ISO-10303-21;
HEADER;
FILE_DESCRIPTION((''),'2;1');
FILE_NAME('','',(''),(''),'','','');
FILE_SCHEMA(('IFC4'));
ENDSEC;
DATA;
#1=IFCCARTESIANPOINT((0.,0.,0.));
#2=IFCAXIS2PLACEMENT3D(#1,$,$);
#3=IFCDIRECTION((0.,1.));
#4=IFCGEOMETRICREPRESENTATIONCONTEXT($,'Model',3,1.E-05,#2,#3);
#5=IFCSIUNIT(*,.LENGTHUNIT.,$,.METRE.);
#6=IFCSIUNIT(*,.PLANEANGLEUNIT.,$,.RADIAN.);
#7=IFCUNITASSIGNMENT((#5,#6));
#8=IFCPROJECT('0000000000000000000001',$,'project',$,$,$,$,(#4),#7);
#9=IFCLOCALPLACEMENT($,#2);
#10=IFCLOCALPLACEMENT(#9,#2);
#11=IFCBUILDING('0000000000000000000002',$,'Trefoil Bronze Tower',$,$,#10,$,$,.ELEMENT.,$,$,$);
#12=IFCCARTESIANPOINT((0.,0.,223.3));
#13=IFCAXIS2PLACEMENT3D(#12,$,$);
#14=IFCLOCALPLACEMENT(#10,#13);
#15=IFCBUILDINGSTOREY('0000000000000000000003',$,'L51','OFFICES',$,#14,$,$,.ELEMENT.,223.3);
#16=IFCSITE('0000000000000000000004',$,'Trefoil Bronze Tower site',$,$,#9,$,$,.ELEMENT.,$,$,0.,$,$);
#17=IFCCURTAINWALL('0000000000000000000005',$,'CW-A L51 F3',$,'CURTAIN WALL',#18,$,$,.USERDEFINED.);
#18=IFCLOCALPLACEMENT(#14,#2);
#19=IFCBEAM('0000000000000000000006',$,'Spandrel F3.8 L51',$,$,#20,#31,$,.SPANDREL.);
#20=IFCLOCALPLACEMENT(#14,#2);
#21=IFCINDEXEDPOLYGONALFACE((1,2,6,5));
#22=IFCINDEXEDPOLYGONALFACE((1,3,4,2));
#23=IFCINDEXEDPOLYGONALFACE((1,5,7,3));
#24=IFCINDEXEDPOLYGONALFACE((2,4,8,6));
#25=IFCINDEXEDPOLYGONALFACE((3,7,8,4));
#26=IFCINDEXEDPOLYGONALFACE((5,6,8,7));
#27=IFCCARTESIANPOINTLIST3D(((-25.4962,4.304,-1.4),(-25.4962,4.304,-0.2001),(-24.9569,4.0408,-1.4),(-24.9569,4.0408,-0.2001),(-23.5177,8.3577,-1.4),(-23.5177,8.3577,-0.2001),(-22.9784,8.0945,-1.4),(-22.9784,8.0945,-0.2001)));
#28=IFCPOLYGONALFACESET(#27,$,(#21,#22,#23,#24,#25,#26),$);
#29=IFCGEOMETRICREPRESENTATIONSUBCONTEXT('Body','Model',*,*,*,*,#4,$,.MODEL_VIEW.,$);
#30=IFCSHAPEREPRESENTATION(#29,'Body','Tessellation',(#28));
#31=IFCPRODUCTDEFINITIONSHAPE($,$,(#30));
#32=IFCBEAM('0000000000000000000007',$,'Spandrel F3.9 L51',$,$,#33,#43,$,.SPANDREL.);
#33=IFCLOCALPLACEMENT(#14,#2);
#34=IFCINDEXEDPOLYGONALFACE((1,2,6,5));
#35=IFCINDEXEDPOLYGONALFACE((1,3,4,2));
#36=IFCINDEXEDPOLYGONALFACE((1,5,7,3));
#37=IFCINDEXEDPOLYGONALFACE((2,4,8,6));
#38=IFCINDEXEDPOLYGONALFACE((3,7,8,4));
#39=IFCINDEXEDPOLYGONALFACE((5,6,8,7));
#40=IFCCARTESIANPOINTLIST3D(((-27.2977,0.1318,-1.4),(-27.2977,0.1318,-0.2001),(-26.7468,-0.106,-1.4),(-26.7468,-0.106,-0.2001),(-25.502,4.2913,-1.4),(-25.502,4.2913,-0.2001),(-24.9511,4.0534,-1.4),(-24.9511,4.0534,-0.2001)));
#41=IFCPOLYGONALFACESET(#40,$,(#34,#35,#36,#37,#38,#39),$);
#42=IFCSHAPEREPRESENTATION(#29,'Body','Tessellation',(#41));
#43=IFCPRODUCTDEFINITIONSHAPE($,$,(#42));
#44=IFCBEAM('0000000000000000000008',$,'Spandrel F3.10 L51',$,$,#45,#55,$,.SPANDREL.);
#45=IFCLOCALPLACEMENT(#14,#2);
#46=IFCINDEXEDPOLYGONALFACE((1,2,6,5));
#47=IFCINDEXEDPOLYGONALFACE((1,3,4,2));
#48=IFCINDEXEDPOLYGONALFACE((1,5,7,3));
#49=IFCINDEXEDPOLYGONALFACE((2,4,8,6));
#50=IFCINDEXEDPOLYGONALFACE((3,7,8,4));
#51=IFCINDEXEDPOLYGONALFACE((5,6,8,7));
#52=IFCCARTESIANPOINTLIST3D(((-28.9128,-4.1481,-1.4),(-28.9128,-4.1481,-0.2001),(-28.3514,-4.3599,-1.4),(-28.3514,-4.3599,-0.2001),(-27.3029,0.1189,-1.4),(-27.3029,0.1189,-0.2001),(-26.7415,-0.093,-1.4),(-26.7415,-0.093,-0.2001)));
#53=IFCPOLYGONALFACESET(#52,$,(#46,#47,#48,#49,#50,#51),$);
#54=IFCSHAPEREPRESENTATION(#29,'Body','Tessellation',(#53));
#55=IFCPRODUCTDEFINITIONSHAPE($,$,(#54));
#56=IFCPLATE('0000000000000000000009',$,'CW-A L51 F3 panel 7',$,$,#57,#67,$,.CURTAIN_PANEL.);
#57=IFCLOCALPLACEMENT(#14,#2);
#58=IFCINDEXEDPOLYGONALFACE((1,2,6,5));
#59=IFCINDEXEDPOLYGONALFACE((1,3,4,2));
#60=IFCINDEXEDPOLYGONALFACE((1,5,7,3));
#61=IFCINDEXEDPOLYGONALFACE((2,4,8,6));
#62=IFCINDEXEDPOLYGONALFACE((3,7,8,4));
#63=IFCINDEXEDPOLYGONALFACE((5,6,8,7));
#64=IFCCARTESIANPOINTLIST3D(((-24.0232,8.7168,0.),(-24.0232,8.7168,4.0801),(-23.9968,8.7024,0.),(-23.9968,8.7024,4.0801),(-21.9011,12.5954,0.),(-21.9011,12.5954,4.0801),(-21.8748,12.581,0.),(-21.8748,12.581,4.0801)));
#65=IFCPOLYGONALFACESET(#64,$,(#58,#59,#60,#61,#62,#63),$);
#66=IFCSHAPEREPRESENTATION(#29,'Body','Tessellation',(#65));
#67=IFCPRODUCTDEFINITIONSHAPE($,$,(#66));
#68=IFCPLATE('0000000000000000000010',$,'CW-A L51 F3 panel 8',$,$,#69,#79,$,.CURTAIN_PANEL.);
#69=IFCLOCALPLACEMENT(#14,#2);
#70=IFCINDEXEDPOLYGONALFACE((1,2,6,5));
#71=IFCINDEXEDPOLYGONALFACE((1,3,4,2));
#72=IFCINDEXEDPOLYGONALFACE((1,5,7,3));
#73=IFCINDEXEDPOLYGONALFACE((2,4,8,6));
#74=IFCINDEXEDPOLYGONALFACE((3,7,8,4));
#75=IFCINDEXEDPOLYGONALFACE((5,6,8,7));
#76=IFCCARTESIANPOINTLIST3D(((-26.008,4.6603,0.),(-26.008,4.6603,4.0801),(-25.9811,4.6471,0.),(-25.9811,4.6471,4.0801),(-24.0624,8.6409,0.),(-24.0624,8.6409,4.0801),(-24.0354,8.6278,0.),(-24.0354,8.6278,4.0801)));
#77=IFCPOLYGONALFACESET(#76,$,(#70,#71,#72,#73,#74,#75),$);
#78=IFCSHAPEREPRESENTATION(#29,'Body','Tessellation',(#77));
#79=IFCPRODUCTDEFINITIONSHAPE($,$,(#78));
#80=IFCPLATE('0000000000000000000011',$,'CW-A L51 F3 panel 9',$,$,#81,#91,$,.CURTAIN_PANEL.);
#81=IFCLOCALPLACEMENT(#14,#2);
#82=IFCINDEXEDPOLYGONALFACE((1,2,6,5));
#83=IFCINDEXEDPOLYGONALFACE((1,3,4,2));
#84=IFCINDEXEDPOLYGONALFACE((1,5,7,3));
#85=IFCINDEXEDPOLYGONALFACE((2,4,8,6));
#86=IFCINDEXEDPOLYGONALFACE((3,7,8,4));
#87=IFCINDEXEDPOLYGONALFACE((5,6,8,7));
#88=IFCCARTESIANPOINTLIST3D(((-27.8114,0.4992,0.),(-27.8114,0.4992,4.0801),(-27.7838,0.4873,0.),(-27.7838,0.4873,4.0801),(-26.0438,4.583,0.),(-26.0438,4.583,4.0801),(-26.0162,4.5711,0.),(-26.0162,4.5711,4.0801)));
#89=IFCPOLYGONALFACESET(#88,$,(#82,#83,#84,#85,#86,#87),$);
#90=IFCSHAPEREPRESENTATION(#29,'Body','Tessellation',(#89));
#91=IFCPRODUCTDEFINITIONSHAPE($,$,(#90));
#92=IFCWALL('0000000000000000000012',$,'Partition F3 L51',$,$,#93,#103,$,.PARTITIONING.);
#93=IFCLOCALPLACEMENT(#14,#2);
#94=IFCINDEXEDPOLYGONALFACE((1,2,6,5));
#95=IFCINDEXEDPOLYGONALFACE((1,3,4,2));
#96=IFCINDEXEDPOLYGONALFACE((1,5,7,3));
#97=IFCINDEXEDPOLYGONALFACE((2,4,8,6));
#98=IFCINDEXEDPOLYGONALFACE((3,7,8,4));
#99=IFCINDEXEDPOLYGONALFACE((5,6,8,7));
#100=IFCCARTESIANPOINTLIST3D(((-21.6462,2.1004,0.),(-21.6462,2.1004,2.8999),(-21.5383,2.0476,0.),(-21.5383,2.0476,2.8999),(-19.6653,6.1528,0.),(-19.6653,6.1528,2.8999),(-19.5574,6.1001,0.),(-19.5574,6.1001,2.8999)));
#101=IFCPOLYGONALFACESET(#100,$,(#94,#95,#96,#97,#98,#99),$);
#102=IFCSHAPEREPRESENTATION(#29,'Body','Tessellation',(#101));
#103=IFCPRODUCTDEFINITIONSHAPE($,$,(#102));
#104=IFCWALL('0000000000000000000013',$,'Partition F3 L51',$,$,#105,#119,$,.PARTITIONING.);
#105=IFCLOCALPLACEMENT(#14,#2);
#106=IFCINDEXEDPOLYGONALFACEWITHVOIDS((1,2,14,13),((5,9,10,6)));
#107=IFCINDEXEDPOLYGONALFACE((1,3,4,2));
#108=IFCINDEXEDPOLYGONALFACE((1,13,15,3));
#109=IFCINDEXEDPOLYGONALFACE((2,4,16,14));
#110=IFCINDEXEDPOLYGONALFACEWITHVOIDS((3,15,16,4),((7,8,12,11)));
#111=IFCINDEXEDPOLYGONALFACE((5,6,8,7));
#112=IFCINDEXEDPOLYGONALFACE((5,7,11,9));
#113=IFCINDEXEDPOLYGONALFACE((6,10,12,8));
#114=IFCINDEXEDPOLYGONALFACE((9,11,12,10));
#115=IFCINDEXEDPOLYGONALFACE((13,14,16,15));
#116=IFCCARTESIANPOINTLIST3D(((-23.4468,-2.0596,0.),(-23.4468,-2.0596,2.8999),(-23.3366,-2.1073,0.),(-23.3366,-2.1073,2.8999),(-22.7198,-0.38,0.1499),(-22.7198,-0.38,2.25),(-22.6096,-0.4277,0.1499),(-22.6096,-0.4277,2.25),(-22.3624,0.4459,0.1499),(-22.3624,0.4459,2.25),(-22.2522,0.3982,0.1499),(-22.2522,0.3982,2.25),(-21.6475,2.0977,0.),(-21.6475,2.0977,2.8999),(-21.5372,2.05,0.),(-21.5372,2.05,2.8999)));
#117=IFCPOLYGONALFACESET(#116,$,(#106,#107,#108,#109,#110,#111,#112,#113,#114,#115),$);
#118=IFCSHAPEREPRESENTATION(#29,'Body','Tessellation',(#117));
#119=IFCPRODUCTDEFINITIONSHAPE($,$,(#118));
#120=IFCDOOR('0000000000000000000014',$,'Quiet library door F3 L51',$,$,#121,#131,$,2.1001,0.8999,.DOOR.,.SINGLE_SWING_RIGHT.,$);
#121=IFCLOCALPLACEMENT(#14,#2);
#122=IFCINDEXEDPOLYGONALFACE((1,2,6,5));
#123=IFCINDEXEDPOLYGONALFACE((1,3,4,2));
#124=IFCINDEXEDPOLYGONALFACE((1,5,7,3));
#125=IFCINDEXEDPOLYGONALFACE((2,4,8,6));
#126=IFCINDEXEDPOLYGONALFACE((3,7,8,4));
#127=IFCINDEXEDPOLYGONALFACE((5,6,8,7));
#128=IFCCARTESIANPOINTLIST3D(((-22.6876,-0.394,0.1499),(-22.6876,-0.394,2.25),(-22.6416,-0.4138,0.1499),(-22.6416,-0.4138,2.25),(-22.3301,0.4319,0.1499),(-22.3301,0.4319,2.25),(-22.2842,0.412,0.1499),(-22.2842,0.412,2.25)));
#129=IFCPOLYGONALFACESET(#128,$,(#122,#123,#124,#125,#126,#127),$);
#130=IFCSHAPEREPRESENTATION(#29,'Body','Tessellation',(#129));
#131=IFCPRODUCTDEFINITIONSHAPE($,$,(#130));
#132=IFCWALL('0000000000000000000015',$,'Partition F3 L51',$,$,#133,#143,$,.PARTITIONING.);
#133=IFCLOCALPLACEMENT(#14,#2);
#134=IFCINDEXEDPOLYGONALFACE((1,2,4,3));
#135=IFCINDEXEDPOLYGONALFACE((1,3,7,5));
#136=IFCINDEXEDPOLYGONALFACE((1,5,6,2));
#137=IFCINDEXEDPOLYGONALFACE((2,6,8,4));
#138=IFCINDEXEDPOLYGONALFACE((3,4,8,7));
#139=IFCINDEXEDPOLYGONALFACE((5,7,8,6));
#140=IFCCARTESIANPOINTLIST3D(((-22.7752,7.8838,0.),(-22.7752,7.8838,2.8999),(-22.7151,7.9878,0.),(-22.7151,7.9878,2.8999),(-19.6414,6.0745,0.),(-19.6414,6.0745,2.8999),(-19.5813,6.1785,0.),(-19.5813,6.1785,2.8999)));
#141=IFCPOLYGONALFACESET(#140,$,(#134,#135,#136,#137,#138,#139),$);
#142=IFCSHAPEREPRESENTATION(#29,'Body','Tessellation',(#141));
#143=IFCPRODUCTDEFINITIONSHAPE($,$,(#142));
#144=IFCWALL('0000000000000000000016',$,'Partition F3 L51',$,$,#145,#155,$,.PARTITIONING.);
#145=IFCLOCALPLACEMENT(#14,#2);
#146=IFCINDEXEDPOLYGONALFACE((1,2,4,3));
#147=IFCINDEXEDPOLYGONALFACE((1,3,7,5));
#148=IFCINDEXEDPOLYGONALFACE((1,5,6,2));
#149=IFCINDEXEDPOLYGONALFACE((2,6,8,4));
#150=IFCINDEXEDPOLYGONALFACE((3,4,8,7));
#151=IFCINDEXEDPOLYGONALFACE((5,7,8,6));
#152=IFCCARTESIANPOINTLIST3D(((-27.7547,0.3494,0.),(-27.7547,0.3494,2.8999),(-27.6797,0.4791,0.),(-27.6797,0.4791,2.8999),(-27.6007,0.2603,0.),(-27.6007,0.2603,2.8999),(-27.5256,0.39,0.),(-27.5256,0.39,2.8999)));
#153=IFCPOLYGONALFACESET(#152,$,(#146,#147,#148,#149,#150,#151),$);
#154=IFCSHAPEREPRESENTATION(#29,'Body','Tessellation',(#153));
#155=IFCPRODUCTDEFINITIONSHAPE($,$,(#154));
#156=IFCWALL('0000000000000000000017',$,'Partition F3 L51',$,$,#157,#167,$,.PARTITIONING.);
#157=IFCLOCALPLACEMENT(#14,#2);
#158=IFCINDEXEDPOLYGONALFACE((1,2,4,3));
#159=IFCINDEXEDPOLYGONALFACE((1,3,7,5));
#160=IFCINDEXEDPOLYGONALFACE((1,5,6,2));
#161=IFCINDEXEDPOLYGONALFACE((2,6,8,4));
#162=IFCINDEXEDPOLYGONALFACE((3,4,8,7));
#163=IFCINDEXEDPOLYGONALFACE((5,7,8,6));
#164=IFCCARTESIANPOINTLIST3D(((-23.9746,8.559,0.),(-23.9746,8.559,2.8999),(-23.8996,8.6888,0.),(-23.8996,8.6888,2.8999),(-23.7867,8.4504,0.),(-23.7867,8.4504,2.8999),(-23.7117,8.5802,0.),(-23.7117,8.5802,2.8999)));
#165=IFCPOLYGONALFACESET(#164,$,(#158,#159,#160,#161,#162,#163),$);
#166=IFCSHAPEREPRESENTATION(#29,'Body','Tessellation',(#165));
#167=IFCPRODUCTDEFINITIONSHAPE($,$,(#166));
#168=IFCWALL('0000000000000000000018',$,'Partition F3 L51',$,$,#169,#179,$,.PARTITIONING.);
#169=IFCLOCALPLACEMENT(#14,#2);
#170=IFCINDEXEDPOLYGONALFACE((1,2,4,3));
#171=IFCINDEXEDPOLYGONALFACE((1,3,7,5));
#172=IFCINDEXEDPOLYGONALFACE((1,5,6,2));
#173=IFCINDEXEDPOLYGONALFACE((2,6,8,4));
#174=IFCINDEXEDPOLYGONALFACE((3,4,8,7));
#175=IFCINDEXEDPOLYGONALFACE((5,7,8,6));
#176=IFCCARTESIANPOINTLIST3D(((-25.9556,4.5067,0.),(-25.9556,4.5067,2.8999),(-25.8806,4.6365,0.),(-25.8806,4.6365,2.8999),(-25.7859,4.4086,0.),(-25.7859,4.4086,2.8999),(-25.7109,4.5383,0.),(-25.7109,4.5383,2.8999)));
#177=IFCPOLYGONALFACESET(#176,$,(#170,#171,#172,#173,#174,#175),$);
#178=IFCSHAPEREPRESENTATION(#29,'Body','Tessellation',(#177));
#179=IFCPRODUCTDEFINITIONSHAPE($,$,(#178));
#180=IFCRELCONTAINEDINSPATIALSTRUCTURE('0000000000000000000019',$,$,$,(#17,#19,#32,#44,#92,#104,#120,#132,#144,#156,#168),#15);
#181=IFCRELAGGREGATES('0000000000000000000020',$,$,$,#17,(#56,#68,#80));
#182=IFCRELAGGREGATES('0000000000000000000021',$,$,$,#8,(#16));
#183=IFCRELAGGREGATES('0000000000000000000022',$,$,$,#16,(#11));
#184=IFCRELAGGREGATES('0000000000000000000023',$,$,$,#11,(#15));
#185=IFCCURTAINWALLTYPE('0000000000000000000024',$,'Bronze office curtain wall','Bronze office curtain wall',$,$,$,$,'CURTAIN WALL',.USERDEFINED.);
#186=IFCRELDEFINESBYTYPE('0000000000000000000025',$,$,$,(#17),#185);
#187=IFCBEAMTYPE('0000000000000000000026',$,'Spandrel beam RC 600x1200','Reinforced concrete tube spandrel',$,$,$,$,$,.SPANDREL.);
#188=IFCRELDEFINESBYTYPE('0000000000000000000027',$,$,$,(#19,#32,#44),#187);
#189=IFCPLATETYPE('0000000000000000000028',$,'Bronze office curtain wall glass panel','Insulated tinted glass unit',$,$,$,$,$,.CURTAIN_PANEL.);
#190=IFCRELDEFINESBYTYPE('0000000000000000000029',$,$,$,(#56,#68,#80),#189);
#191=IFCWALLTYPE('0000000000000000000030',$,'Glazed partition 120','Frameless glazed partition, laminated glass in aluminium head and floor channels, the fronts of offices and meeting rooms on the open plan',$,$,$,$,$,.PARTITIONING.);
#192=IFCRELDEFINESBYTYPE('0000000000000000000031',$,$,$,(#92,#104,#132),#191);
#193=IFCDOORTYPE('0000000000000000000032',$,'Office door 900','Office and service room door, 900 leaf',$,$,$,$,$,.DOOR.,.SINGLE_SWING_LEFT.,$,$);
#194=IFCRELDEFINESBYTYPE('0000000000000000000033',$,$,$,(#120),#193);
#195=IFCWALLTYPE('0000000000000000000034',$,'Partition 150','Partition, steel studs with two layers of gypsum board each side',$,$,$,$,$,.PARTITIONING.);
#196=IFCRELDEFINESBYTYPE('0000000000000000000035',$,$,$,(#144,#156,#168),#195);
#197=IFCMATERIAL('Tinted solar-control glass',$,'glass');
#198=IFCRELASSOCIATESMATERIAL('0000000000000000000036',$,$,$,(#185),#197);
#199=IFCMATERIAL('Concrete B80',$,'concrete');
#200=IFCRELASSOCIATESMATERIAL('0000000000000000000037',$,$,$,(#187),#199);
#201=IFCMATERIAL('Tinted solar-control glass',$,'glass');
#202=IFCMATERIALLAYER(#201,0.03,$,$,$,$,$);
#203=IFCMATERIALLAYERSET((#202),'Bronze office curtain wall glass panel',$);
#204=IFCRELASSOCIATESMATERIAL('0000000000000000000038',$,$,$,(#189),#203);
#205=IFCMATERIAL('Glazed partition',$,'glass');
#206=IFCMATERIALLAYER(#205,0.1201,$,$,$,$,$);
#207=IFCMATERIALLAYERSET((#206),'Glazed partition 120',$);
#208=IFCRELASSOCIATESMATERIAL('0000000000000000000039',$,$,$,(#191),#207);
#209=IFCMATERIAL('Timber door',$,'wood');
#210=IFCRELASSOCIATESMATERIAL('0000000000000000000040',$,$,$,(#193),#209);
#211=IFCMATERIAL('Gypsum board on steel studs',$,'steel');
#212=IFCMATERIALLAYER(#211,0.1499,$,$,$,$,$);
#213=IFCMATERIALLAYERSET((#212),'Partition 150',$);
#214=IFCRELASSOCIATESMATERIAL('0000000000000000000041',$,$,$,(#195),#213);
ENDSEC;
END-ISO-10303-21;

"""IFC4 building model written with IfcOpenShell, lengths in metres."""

from ifc_helpers import new_model, si_unit, direction, frame, frame_2d, origin, origin_2d, place, context, subcontext, project, spatial, rectangle, extrude, material, layer, layer_set, material_profile, profile_set, type_object, element, fill, aggregate, save


model = new_model("IFC4")

# Units and contexts
model_context = context("Model", 3, precision=1e-05, world=origin(), true_north=direction((0.0, 1.0)))
body_context = subcontext(model_context, "Body", "Model", "MODEL_VIEW")
ifc_project = project(units=[si_unit("LENGTHUNIT", "METRE"), si_unit("PLANEANGLEUNIT", "RADIAN")], contexts=[model_context])

# Site, building, storey
site_placement = place(None, origin())
site = spatial("IfcSite", under=ifc_project, at=site_placement, Name="Trefoil Bronze Tower site", CompositionType="ELEMENT", RefElevation=0.0)
building_placement = place(site_placement, origin())
building = spatial("IfcBuilding", under=site, at=building_placement, Name="Trefoil Bronze Tower", CompositionType="ELEMENT")
storey_placement = place(building_placement, frame((0.0, 0.0, 223.3)))
storey = spatial("IfcBuildingStorey", under=building, at=storey_placement, Name="L51", Description="OFFICES", CompositionType="ELEMENT", Elevation=223.3)

# Curtain wall
ifc_material_1 = material(Name="Tinted solar-control glass", Category="glass")
curtain_wall_type = type_object("IfcCurtainWallType", Name="Bronze office curtain wall", Description="Bronze office curtain wall", ElementType="CURTAIN WALL", PredefinedType="USERDEFINED", material=ifc_material_1)
curtain_wall_placement = place(storey_placement, origin())
curtain_wall = element("IfcCurtainWall", 1, at=curtain_wall_placement, inside=storey, type_object=curtain_wall_type, Name="CW-A L51 F3", ObjectType="CURTAIN WALL", PredefinedType="USERDEFINED")

# Beams
ifc_material_2 = material(Name="Concrete B80", Category="concrete")
ifc_material_profile_1 = material_profile(ifc_material_2, rectangle(XDim=0.6001, YDim=1.2, at=origin_2d()), Name="RC 600x1200")
ifc_profile_set_1 = profile_set([ifc_material_profile_1], Name="Concrete B80")
beam_type_1 = type_object("IfcBeamType", Name="Spandrel beam RC 600x1200", Description="Reinforced concrete tube spandrel", PredefinedType="SPANDREL", material=ifc_profile_set_1)
beam_1_placement = place(storey_placement, frame((-23.248, 8.2261, -0.8), z_axis=(-0.43862, -0.898673, 0.0), x_axis=(0.898673, -0.43862, 0.0)))
element("IfcBeam", 2, at=beam_1_placement, inside=storey, type_object=beam_type_1, Name="Spandrel F3.8 L51", PredefinedType="SPANDREL", context=body_context, shape_type="SweptSolid", body=[
    extrude(rectangle(XDim=0.6001, YDim=1.2, at=origin_2d()), origin(), (0.0, 0.0, 1.0), 4.5107),
])
beam_2_placement = place(storey_placement, frame((-25.2266, 4.1724, -0.8), z_axis=(-0.39635, -0.918099, 0.0), x_axis=(0.918099, -0.39635, 0.0)))
element("IfcBeam", 3, at=beam_2_placement, inside=storey, type_object=beam_type_1, Name="Spandrel F3.9 L51", PredefinedType="SPANDREL", context=body_context, shape_type="SweptSolid", body=[
    extrude(rectangle(XDim=0.6001, YDim=1.2, at=origin_2d()), origin(), (0.0, 0.0, 1.0), 4.5305),
])
beam_3_placement = place(storey_placement, frame((-27.0222, 0.0129, -0.8), z_axis=(-0.353006, -0.935621, 0.0), x_axis=(0.935621, -0.353006, 0.0)))
element("IfcBeam", 4, at=beam_3_placement, inside=storey, type_object=beam_type_1, Name="Spandrel F3.10 L51", PredefinedType="SPANDREL", context=body_context, shape_type="SweptSolid", body=[
    extrude(rectangle(XDim=0.6001, YDim=1.2, at=origin_2d()), origin(), (0.0, 0.0, 1.0), 4.5605),
])

# Plates
ifc_material_3 = material(Name="Tinted solar-control glass", Category="glass")
ifc_layer_1 = layer(ifc_material_3, 0.03)
ifc_layer_set_1 = layer_set([ifc_layer_1], Name="Bronze office curtain wall glass panel")
plate_type = type_object("IfcPlateType", Name="Bronze office curtain wall glass panel", Description="Insulated tinted glass unit", PredefinedType="CURTAIN_PANEL", material=ifc_layer_set_1)
plate_1_placement = place(storey_placement, frame((-22.949, 10.6489, 0.0), z_axis=(0.0, 0.0, 1.0), x_axis=(-0.479974, -0.877283, 0.0)))
plate_1 = element("IfcPlate", 5, at=plate_1_placement, type_object=plate_type, Name="CW-A L51 F3 panel 7", PredefinedType="CURTAIN_PANEL", context=body_context, shape_type="SweptSolid", body=[
    extrude(rectangle(XDim=4.4211, YDim=0.03, at=origin_2d()), origin(), (0.0, 0.0, 1.0), 4.0801),
])
plate_2_placement = place(storey_placement, frame((-25.0217, 6.644, 0.0), z_axis=(0.0, 0.0, 1.0), x_axis=(-0.439129, -0.898424, 0.0)))
plate_2 = element("IfcPlate", 6, at=plate_2_placement, type_object=plate_type, Name="CW-A L51 F3 panel 8", PredefinedType="CURTAIN_PANEL", context=body_context, shape_type="SweptSolid", body=[
    extrude(rectangle(XDim=4.4307, YDim=0.03, at=origin_2d()), origin(), (0.0, 0.0, 1.0), 4.0801),
])
plate_3_placement = place(storey_placement, frame((-26.9138, 2.5352, 0.0), z_axis=(0.0, 0.0, 1.0), x_axis=(-0.39722, -0.917723, 0.0)))
plate_3 = element("IfcPlate", 7, at=plate_3_placement, type_object=plate_type, Name="CW-A L51 F3 panel 9", PredefinedType="CURTAIN_PANEL", context=body_context, shape_type="SweptSolid", body=[
    extrude(rectangle(XDim=4.45, YDim=0.03, at=origin_2d()), origin(), (0.0, 0.0, 1.0), 4.0801),
])
aggregate(curtain_wall, [plate_1, plate_2, plate_3])

# Wall
ifc_material_4 = material(Name="Glazed partition", Category="glass")
ifc_layer_2 = layer(ifc_material_4, 0.1201)
ifc_layer_set_2 = layer_set([ifc_layer_2], Name="Glazed partition 120")
wall_type_1 = type_object("IfcWallType", Name="Glazed partition 120", Description="Frameless glazed partition, laminated glass in aluminium head and floor channels, the fronts of offices and meeting rooms on the open plan", PredefinedType="PARTITIONING", material=ifc_layer_set_2)
wall_1_placement = place(storey_placement, frame((-19.6113, 6.1265, 0.0), z_axis=(0.0, 0.0, 1.0), x_axis=(-0.439164, -0.898407, 0.0)))
element("IfcWall", 8, at=wall_1_placement, inside=storey, type_object=wall_type_1, Name="Partition F3 L51", PredefinedType="PARTITIONING", context=body_context, shape_type="SweptSolid", body=[
    extrude(rectangle(XDim=4.5107, YDim=0.1201, at=frame_2d((2.2554, 0.0))), origin(), (0.0, 0.0, 1.0), 2.8999),
])

# Wall, opening, door
wall_2_placement = place(storey_placement, frame((-21.5923, 2.074, 0.0), z_axis=(0.0, 0.0, 1.0), x_axis=(-0.397208, -0.917729, 0.0)))
wall_2 = element("IfcWall", 9, at=wall_2_placement, inside=storey, type_object=wall_type_1, Name="Partition F3 L51", PredefinedType="PARTITIONING", context=body_context, shape_type="SweptSolid", body=[
    extrude(rectangle(XDim=4.53, YDim=0.1201, at=frame_2d((2.2651, 0.0))), origin(), (0.0, 0.0, 1.0), 2.8999),
])
opening_placement = place(wall_2_placement, frame((1.8, 0.0, 0.1499)))
opening = element("IfcOpeningElement", 10, at=opening_placement, cuts=wall_2, PredefinedType="OPENING", context=body_context, shape_type="SweptSolid", body=[
    extrude(rectangle(XDim=0.8999, YDim=2.1001, at=frame_2d((0.45, 1.05))), frame((0.0, 0.0701, 0.0), z_axis=(0.0, -1.0, 0.0), x_axis=(1.0, 0.0, 0.0)), (0.0, 0.0, 1.0), 0.1401),
])
ifc_material_5 = material(Name="Timber door", Category="wood")
door_type = type_object("IfcDoorType", Name="Office door 900", Description="Office and service room door, 900 leaf", OperationType="SINGLE_SWING_LEFT", PredefinedType="DOOR", material=ifc_material_5)
door_placement = place(opening_placement, frame((0.8999, 0.0, 0.0), z_axis=(0.0, 0.0, 1.0), x_axis=(-1.0, 0.0, 0.0)))
door = element("IfcDoor", 11, at=door_placement, inside=storey, type_object=door_type, Name="Quiet library door F3 L51", OperationType="SINGLE_SWING_RIGHT", OverallHeight=2.1001, OverallWidth=0.8999, PredefinedType="DOOR", context=body_context, shape_type="SweptSolid", body=[
    extrude(rectangle(XDim=0.8999, YDim=2.1001, at=frame_2d((0.45, 1.05))), frame((0.0, 0.0249, 0.0), z_axis=(0.0, -1.0, 0.0), x_axis=(1.0, 0.0, 0.0)), (0.0, 0.0, 1.0), 0.05),
])
fill(opening, door)

# Walls
wall_3_placement = place(storey_placement, frame((-19.6113, 6.1265, 0.0), z_axis=(0.0, 0.0, 1.0), x_axis=(-0.866022, 0.500007, 0.0)))
element("IfcWall", 12, at=wall_3_placement, inside=storey, type_object=wall_type_1, Name="Partition F3 L51", PredefinedType="PARTITIONING", context=body_context, shape_type="SweptSolid", body=[
    extrude(rectangle(XDim=3.6187, YDim=0.1201, at=frame_2d((1.8093, 0.0))), origin(), (0.0, 0.0, 1.0), 2.8999),
])
ifc_material_6 = material(Name="Gypsum board on steel studs", Category="steel")
ifc_layer_3 = layer(ifc_material_6, 0.1499)
ifc_layer_set_3 = layer_set([ifc_layer_3], Name="Partition 150")
wall_type_2 = type_object("IfcWallType", Name="Partition 150", Description="Partition, steel studs with two layers of gypsum board each side", PredefinedType="PARTITIONING", material=ifc_layer_set_3)
wall_4_placement = place(storey_placement, frame((-27.5632, 0.3252, 0.0), z_axis=(0.0, 0.0, 1.0), x_axis=(-0.865614, 0.500712, 0.0)))
element("IfcWall", 13, at=wall_4_placement, inside=storey, type_object=wall_type_2, Name="Partition F3 L51", PredefinedType="PARTITIONING", context=body_context, shape_type="SweptSolid", body=[
    extrude(rectangle(XDim=0.178, YDim=0.1499, at=frame_2d((0.0889, 0.0))), origin(), (0.0, 0.0, 1.0), 2.8999),
])
wall_5_placement = place(storey_placement, frame((-23.7493, 8.5154, 0.0), z_axis=(0.0, 0.0, 1.0), x_axis=(-0.865811, 0.500371, 0.0)))
element("IfcWall", 14, at=wall_5_placement, inside=storey, type_object=wall_type_2, Name="Partition F3 L51", PredefinedType="PARTITIONING", context=body_context, shape_type="SweptSolid", body=[
    extrude(rectangle(XDim=0.217, YDim=0.1499, at=frame_2d((0.1084, 0.0))), origin(), (0.0, 0.0, 1.0), 2.8999),
])
wall_6_placement = place(storey_placement, frame((-25.7483, 4.4734, 0.0), z_axis=(0.0, 0.0, 1.0), x_axis=(-0.865625, 0.500693, 0.0)))
element("IfcWall", 15, at=wall_6_placement, inside=storey, type_object=wall_type_2, Name="Partition F3 L51", PredefinedType="PARTITIONING", context=body_context, shape_type="SweptSolid", body=[
    extrude(rectangle(XDim=0.196, YDim=0.1499, at=frame_2d((0.0981, 0.0))), origin(), (0.0, 0.0, 1.0), 2.8999),
])

save(model, "model.ifc")
